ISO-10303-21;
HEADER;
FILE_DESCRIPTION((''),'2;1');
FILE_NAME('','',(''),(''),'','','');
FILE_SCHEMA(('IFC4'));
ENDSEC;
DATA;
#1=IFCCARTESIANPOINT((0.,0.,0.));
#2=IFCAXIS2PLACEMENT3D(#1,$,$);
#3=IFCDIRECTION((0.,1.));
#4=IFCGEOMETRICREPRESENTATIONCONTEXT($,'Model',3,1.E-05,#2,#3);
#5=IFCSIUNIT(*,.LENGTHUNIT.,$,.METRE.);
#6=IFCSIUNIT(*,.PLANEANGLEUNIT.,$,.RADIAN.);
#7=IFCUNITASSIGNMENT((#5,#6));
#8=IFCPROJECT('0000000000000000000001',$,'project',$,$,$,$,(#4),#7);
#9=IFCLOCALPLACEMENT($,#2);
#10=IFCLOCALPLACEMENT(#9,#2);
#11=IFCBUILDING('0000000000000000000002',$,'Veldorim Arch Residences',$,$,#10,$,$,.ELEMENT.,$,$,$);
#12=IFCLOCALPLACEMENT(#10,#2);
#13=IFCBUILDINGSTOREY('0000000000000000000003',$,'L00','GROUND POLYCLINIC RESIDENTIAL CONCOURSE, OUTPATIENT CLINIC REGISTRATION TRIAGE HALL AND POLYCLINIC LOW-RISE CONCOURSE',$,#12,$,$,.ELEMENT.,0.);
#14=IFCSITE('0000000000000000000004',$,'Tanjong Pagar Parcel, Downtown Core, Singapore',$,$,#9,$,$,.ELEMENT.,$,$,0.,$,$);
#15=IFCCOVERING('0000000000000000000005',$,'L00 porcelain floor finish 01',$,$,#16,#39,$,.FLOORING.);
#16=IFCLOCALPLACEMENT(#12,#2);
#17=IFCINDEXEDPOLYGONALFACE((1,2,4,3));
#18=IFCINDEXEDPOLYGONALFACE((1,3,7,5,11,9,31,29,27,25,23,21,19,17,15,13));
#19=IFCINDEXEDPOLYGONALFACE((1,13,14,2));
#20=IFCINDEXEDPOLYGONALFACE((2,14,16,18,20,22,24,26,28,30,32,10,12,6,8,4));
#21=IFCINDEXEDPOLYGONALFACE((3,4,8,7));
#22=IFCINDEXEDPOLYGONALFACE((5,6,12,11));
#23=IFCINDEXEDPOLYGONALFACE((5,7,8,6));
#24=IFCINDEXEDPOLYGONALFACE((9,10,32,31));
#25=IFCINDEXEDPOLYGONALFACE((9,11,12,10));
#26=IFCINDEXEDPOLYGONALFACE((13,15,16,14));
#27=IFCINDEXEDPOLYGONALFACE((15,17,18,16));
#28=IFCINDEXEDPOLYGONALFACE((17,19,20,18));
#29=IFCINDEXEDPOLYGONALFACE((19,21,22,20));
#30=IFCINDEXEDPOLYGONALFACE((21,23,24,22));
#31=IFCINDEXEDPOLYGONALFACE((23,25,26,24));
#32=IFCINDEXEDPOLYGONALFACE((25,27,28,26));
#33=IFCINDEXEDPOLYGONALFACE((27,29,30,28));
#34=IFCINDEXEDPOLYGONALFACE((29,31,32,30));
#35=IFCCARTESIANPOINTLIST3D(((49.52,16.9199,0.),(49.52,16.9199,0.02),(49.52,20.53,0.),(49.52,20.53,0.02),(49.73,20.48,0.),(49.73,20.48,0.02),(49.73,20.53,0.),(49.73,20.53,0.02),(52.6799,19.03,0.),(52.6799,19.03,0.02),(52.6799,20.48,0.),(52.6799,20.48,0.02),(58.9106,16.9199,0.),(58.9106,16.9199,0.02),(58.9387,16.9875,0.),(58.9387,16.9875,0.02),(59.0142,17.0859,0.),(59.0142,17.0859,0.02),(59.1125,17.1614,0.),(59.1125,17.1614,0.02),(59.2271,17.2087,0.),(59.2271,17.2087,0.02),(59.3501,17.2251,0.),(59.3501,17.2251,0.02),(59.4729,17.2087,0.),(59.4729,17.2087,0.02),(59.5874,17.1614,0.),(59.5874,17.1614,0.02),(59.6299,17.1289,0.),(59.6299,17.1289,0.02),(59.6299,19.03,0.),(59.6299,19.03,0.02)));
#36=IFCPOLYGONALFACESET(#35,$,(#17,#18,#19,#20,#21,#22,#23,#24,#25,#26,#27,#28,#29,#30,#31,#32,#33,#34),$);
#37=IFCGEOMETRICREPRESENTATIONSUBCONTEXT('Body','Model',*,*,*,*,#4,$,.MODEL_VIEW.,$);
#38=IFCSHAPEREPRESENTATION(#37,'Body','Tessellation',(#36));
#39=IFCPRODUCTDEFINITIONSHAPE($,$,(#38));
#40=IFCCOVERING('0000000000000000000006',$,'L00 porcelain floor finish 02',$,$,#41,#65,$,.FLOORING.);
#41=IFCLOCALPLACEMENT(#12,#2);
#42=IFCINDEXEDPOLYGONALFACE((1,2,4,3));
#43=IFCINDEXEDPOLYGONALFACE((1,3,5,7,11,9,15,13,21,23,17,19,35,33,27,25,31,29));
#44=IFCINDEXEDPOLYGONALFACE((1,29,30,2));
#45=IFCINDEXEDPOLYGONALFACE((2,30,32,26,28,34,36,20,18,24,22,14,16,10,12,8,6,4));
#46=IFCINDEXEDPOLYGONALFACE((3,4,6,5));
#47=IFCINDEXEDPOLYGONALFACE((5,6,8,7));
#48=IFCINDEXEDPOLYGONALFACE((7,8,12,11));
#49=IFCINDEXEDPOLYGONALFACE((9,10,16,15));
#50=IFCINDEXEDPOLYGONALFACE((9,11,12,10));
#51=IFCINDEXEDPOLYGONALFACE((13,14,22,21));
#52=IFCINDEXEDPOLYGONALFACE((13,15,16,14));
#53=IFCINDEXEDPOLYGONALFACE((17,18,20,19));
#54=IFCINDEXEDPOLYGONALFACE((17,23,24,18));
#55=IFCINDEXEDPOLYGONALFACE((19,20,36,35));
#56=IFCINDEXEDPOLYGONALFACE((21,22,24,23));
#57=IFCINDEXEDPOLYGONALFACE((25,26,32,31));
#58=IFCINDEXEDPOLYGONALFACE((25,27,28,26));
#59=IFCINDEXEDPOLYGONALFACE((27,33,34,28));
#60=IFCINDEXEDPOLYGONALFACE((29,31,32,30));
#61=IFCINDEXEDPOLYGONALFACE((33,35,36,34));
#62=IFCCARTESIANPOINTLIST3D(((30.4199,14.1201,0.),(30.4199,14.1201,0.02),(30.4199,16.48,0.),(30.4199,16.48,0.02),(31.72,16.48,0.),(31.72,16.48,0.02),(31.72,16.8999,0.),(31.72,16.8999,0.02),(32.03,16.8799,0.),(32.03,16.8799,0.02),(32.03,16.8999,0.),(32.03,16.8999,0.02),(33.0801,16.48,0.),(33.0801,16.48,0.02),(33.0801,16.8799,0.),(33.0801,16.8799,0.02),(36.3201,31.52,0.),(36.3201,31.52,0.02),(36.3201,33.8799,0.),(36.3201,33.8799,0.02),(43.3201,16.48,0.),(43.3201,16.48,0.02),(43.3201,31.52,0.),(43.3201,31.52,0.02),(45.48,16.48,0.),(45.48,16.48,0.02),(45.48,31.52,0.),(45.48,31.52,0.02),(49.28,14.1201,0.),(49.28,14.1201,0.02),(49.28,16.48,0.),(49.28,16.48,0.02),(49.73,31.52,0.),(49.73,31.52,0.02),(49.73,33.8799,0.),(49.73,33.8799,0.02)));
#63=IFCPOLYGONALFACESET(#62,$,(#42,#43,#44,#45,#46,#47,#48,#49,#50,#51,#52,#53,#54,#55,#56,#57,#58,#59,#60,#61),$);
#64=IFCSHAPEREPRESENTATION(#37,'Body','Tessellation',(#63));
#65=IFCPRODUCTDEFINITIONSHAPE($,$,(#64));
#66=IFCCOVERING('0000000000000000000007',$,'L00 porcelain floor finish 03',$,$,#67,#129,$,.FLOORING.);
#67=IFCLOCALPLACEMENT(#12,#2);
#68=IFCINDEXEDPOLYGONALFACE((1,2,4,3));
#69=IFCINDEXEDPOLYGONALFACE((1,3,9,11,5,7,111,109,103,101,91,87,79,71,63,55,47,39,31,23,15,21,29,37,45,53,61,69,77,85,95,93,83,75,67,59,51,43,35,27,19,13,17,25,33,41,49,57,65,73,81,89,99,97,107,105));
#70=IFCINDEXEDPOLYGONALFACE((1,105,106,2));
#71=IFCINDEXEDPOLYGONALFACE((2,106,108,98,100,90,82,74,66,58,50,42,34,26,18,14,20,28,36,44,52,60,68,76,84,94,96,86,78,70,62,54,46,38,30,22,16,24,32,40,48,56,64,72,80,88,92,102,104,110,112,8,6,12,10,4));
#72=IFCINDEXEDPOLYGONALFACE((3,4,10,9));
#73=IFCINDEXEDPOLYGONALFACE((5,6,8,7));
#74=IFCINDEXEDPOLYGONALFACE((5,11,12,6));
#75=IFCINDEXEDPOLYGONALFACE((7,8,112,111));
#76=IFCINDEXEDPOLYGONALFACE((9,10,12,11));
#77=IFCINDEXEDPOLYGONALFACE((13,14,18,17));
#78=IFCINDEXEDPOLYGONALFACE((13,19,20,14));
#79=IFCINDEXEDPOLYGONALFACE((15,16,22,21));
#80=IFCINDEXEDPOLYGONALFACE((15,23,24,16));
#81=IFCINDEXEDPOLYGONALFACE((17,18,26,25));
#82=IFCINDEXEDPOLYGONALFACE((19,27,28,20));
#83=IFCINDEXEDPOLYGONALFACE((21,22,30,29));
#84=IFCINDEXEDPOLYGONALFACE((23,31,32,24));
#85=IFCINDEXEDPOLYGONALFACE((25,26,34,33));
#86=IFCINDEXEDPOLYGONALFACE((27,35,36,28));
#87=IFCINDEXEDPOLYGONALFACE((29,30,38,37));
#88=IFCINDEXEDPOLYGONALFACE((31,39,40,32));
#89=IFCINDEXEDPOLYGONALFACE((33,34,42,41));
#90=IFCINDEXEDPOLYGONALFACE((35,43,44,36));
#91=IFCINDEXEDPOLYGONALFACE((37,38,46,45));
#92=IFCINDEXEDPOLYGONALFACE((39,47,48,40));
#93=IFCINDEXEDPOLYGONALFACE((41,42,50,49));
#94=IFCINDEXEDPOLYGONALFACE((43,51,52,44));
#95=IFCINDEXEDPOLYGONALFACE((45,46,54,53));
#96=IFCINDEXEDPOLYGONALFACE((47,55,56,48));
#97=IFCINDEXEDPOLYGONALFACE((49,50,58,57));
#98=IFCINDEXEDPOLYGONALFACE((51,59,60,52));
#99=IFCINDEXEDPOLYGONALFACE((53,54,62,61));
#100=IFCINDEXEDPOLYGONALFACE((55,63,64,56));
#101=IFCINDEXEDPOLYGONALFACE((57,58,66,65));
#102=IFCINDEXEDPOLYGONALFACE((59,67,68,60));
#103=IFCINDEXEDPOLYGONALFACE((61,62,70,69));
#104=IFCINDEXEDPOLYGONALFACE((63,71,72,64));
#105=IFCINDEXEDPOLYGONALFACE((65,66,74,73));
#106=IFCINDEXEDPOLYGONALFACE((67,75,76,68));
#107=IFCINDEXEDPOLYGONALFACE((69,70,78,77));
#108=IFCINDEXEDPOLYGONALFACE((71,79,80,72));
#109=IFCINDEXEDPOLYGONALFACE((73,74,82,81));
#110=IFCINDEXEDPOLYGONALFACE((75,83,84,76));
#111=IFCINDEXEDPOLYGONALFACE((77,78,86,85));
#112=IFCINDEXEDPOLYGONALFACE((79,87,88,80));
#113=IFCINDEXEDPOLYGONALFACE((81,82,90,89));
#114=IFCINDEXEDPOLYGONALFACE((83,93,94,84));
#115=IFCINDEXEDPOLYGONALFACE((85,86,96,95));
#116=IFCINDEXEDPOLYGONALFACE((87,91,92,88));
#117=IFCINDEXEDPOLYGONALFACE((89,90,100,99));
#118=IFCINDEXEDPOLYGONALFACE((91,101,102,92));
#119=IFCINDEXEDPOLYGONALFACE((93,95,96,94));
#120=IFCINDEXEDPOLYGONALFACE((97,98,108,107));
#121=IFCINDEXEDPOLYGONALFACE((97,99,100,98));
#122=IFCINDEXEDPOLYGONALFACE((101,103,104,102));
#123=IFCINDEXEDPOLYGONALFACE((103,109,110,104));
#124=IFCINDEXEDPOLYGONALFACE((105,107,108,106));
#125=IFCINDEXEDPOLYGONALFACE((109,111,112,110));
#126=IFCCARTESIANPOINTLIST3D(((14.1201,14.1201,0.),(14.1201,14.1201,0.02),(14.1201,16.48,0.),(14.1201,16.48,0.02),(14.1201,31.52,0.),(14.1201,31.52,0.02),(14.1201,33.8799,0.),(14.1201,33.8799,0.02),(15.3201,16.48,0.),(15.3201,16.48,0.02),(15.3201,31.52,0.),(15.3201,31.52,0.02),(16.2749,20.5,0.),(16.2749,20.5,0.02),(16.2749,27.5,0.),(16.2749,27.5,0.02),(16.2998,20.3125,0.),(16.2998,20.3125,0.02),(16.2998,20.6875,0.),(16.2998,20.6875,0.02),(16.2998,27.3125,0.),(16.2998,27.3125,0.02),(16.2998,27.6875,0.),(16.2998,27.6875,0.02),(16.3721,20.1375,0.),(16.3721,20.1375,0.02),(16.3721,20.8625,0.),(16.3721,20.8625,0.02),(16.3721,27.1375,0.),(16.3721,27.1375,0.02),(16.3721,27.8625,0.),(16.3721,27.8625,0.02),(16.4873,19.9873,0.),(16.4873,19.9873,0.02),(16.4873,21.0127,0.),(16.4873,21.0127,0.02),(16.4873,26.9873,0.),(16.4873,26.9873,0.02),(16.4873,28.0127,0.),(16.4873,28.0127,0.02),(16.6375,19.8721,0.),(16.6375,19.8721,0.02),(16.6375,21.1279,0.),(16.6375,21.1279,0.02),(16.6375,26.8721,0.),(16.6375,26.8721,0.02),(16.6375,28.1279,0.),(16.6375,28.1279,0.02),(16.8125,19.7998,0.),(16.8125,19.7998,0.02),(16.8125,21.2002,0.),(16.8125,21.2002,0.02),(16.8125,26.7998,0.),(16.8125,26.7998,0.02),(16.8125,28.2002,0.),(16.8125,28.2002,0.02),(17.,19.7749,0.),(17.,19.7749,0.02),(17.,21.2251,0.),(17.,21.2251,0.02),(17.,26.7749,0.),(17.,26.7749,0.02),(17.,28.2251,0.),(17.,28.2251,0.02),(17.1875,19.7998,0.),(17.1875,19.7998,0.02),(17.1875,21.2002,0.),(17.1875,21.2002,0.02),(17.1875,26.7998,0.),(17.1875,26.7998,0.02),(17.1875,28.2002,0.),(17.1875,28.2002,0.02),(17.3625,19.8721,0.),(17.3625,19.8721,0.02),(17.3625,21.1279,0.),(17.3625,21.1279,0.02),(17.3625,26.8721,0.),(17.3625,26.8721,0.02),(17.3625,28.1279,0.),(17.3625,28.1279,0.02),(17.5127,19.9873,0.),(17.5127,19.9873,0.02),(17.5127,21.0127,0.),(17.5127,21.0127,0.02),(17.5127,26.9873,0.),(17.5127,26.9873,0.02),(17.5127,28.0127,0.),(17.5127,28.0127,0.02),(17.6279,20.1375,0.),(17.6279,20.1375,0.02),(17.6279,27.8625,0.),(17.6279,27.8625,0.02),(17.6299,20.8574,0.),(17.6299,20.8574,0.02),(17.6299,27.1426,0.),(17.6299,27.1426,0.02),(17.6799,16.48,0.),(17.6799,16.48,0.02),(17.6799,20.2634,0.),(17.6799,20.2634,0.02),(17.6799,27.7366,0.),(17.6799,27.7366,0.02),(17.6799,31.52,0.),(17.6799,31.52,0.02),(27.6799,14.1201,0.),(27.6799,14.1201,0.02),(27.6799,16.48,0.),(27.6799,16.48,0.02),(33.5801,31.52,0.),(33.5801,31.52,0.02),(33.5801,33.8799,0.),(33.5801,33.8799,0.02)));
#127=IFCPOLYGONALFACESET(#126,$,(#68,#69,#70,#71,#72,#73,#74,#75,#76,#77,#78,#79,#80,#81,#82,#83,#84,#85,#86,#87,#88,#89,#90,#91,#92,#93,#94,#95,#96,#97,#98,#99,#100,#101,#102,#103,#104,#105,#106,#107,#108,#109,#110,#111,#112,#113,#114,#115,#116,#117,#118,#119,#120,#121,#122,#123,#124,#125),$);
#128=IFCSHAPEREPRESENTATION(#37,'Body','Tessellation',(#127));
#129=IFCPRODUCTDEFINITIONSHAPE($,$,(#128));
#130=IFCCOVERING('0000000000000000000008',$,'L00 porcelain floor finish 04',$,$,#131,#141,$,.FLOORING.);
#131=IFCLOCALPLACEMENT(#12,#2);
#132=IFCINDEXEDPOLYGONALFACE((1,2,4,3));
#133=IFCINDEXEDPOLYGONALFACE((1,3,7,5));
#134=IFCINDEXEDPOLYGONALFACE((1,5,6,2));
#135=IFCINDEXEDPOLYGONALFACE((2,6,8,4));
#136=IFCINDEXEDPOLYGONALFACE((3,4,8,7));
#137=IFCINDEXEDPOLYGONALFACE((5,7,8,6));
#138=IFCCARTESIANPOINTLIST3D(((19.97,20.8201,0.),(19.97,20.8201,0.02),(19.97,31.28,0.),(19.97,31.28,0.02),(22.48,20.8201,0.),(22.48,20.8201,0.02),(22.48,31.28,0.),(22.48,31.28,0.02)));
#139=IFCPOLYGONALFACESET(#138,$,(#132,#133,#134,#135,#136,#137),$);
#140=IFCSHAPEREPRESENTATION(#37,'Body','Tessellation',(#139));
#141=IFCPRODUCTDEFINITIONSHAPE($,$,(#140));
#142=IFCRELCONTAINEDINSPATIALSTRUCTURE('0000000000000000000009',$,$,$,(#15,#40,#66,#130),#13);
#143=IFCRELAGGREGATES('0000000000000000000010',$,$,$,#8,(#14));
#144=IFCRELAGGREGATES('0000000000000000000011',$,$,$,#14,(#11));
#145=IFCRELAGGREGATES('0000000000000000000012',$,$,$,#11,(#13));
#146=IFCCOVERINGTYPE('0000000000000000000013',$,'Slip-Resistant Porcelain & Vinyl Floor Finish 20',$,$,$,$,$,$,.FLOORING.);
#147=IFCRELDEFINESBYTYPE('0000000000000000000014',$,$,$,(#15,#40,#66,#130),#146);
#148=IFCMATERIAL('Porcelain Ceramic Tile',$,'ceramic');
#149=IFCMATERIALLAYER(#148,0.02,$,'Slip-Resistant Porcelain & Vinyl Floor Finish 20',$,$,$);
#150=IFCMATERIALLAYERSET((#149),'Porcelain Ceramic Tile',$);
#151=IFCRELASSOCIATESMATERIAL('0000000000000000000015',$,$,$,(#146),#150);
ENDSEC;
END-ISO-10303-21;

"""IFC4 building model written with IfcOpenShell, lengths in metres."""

from ifc_helpers import new_model, si_unit, direction, origin, place, context, subcontext, project, spatial, polyline, outline, extrude, material, layer, layer_set, type_object, element, save


model = new_model("IFC4")

# Units and contexts
model_context = context("Model", 3, precision=1e-05, world=origin(), true_north=direction((0.0, 1.0)))
body_context = subcontext(model_context, "Body", "Model", "MODEL_VIEW")
ifc_project = project(units=[si_unit("LENGTHUNIT", "METRE"), si_unit("PLANEANGLEUNIT", "RADIAN")], contexts=[model_context])

# Site, building, storey
site_placement = place(None, origin())
site = spatial("IfcSite", under=ifc_project, at=site_placement, Name="Tanjong Pagar Parcel, Downtown Core, Singapore", CompositionType="ELEMENT", RefElevation=0.0)
building_placement = place(site_placement, origin())
building = spatial("IfcBuilding", under=site, at=building_placement, Name="Veldorim Arch Residences", CompositionType="ELEMENT")
storey_placement = place(building_placement, origin())
storey = spatial("IfcBuildingStorey", under=building, at=storey_placement, Name="L00", Description="GROUND POLYCLINIC RESIDENTIAL CONCOURSE, OUTPATIENT CLINIC REGISTRATION TRIAGE HALL AND POLYCLINIC LOW-RISE CONCOURSE", CompositionType="ELEMENT", Elevation=0.0)

# Coverings
ifc_material_1 = material(Name="Porcelain Ceramic Tile", Category="ceramic")
ifc_layer_1 = layer(ifc_material_1, 0.02, Name="Slip-Resistant Porcelain & Vinyl Floor Finish 20")
ifc_layer_set_1 = layer_set([ifc_layer_1], Name="Porcelain Ceramic Tile")
covering_type_1 = type_object("IfcCoveringType", Name="Slip-Resistant Porcelain & Vinyl Floor Finish 20", PredefinedType="FLOORING", material=ifc_layer_set_1)
covering_1_placement = place(storey_placement, origin())
element("IfcCovering", 1, at=covering_1_placement, inside=storey, type_object=covering_type_1, Name="L00 porcelain floor finish 01", PredefinedType="FLOORING", context=body_context, shape_type="SweptSolid", body=[
    extrude(outline(polyline([(49.52, 20.53), (49.73, 20.53), (49.73, 20.48), (52.6799, 20.48), (52.6799, 19.03), (59.6299, 19.03), (59.6299, 17.1289), (59.5874, 17.1614), (59.4729, 17.2087), (59.3501, 17.2251), (59.2271, 17.2087), (59.1125, 17.1614), (59.0142, 17.0859), (58.9387, 16.9875), (58.9106, 16.9199), (49.52, 16.9199), (49.52, 20.53)])), origin(), (0.0, 0.0, 1.0), 0.02),
])
covering_2_placement = place(storey_placement, origin())
element("IfcCovering", 2, at=covering_2_placement, inside=storey, type_object=covering_type_1, Name="L00 porcelain floor finish 02", PredefinedType="FLOORING", context=body_context, shape_type="SweptSolid", body=[
    extrude(outline(polyline([(32.03, 16.8799), (33.0801, 16.8799), (33.0801, 16.48), (43.3201, 16.48), (43.3201, 31.52), (36.3201, 31.52), (36.3201, 33.8799), (49.73, 33.8799), (49.73, 31.52), (45.48, 31.52), (45.48, 16.48), (49.28, 16.48), (49.28, 14.1201), (30.4199, 14.1201), (30.4199, 16.48), (31.72, 16.48), (31.72, 16.8999), (32.03, 16.8999), (32.03, 16.8799)])), origin(), (0.0, 0.0, 1.0), 0.02),
])
covering_3_placement = place(storey_placement, origin())
element("IfcCovering", 3, at=covering_3_placement, inside=storey, type_object=covering_type_1, Name="L00 porcelain floor finish 03", PredefinedType="FLOORING", context=body_context, shape_type="SweptSolid", body=[
    extrude(outline(polyline([(17.6799, 16.48), (27.6799, 16.48), (27.6799, 14.1201), (14.1201, 14.1201), (14.1201, 16.48), (15.3201, 16.48), (15.3201, 31.52), (14.1201, 31.52), (14.1201, 33.8799), (33.5801, 33.8799), (33.5801, 31.52), (17.6799, 31.52), (17.6799, 27.7366), (17.6279, 27.8625), (17.5127, 28.0127), (17.3625, 28.1279), (17.1875, 28.2002), (17.0, 28.2251), (16.8125, 28.2002), (16.6375, 28.1279), (16.4873, 28.0127), (16.3721, 27.8625), (16.2998, 27.6875), (16.2749, 27.5), (16.2998, 27.3125), (16.3721, 27.1375), (16.4873, 26.9873), (16.6375, 26.8721), (16.8125, 26.7998), (17.0, 26.7749), (17.1875, 26.7998), (17.3625, 26.8721), (17.5127, 26.9873), (17.6299, 27.1426), (17.6299, 20.8574), (17.5127, 21.0127), (17.3625, 21.1279), (17.1875, 21.2002), (17.0, 21.2251), (16.8125, 21.2002), (16.6375, 21.1279), (16.4873, 21.0127), (16.3721, 20.8625), (16.2998, 20.6875), (16.2749, 20.5), (16.2998, 20.3125), (16.3721, 20.1375), (16.4873, 19.9873), (16.6375, 19.8721), (16.8125, 19.7998), (17.0, 19.7749), (17.1875, 19.7998), (17.3625, 19.8721), (17.5127, 19.9873), (17.6279, 20.1375), (17.6799, 20.2634), (17.6799, 16.48)])), origin(), (0.0, 0.0, 1.0), 0.02),
])
covering_4_placement = place(storey_placement, origin())
element("IfcCovering", 4, at=covering_4_placement, inside=storey, type_object=covering_type_1, Name="L00 porcelain floor finish 04", PredefinedType="FLOORING", context=body_context, shape_type="SweptSolid", body=[
    extrude(outline(polyline([(22.48, 31.28), (22.48, 20.8201), (19.97, 20.8201), (19.97, 31.28), (22.48, 31.28)])), origin(), (0.0, 0.0, 1.0), 0.02),
])

save(model, "model.ifc")
